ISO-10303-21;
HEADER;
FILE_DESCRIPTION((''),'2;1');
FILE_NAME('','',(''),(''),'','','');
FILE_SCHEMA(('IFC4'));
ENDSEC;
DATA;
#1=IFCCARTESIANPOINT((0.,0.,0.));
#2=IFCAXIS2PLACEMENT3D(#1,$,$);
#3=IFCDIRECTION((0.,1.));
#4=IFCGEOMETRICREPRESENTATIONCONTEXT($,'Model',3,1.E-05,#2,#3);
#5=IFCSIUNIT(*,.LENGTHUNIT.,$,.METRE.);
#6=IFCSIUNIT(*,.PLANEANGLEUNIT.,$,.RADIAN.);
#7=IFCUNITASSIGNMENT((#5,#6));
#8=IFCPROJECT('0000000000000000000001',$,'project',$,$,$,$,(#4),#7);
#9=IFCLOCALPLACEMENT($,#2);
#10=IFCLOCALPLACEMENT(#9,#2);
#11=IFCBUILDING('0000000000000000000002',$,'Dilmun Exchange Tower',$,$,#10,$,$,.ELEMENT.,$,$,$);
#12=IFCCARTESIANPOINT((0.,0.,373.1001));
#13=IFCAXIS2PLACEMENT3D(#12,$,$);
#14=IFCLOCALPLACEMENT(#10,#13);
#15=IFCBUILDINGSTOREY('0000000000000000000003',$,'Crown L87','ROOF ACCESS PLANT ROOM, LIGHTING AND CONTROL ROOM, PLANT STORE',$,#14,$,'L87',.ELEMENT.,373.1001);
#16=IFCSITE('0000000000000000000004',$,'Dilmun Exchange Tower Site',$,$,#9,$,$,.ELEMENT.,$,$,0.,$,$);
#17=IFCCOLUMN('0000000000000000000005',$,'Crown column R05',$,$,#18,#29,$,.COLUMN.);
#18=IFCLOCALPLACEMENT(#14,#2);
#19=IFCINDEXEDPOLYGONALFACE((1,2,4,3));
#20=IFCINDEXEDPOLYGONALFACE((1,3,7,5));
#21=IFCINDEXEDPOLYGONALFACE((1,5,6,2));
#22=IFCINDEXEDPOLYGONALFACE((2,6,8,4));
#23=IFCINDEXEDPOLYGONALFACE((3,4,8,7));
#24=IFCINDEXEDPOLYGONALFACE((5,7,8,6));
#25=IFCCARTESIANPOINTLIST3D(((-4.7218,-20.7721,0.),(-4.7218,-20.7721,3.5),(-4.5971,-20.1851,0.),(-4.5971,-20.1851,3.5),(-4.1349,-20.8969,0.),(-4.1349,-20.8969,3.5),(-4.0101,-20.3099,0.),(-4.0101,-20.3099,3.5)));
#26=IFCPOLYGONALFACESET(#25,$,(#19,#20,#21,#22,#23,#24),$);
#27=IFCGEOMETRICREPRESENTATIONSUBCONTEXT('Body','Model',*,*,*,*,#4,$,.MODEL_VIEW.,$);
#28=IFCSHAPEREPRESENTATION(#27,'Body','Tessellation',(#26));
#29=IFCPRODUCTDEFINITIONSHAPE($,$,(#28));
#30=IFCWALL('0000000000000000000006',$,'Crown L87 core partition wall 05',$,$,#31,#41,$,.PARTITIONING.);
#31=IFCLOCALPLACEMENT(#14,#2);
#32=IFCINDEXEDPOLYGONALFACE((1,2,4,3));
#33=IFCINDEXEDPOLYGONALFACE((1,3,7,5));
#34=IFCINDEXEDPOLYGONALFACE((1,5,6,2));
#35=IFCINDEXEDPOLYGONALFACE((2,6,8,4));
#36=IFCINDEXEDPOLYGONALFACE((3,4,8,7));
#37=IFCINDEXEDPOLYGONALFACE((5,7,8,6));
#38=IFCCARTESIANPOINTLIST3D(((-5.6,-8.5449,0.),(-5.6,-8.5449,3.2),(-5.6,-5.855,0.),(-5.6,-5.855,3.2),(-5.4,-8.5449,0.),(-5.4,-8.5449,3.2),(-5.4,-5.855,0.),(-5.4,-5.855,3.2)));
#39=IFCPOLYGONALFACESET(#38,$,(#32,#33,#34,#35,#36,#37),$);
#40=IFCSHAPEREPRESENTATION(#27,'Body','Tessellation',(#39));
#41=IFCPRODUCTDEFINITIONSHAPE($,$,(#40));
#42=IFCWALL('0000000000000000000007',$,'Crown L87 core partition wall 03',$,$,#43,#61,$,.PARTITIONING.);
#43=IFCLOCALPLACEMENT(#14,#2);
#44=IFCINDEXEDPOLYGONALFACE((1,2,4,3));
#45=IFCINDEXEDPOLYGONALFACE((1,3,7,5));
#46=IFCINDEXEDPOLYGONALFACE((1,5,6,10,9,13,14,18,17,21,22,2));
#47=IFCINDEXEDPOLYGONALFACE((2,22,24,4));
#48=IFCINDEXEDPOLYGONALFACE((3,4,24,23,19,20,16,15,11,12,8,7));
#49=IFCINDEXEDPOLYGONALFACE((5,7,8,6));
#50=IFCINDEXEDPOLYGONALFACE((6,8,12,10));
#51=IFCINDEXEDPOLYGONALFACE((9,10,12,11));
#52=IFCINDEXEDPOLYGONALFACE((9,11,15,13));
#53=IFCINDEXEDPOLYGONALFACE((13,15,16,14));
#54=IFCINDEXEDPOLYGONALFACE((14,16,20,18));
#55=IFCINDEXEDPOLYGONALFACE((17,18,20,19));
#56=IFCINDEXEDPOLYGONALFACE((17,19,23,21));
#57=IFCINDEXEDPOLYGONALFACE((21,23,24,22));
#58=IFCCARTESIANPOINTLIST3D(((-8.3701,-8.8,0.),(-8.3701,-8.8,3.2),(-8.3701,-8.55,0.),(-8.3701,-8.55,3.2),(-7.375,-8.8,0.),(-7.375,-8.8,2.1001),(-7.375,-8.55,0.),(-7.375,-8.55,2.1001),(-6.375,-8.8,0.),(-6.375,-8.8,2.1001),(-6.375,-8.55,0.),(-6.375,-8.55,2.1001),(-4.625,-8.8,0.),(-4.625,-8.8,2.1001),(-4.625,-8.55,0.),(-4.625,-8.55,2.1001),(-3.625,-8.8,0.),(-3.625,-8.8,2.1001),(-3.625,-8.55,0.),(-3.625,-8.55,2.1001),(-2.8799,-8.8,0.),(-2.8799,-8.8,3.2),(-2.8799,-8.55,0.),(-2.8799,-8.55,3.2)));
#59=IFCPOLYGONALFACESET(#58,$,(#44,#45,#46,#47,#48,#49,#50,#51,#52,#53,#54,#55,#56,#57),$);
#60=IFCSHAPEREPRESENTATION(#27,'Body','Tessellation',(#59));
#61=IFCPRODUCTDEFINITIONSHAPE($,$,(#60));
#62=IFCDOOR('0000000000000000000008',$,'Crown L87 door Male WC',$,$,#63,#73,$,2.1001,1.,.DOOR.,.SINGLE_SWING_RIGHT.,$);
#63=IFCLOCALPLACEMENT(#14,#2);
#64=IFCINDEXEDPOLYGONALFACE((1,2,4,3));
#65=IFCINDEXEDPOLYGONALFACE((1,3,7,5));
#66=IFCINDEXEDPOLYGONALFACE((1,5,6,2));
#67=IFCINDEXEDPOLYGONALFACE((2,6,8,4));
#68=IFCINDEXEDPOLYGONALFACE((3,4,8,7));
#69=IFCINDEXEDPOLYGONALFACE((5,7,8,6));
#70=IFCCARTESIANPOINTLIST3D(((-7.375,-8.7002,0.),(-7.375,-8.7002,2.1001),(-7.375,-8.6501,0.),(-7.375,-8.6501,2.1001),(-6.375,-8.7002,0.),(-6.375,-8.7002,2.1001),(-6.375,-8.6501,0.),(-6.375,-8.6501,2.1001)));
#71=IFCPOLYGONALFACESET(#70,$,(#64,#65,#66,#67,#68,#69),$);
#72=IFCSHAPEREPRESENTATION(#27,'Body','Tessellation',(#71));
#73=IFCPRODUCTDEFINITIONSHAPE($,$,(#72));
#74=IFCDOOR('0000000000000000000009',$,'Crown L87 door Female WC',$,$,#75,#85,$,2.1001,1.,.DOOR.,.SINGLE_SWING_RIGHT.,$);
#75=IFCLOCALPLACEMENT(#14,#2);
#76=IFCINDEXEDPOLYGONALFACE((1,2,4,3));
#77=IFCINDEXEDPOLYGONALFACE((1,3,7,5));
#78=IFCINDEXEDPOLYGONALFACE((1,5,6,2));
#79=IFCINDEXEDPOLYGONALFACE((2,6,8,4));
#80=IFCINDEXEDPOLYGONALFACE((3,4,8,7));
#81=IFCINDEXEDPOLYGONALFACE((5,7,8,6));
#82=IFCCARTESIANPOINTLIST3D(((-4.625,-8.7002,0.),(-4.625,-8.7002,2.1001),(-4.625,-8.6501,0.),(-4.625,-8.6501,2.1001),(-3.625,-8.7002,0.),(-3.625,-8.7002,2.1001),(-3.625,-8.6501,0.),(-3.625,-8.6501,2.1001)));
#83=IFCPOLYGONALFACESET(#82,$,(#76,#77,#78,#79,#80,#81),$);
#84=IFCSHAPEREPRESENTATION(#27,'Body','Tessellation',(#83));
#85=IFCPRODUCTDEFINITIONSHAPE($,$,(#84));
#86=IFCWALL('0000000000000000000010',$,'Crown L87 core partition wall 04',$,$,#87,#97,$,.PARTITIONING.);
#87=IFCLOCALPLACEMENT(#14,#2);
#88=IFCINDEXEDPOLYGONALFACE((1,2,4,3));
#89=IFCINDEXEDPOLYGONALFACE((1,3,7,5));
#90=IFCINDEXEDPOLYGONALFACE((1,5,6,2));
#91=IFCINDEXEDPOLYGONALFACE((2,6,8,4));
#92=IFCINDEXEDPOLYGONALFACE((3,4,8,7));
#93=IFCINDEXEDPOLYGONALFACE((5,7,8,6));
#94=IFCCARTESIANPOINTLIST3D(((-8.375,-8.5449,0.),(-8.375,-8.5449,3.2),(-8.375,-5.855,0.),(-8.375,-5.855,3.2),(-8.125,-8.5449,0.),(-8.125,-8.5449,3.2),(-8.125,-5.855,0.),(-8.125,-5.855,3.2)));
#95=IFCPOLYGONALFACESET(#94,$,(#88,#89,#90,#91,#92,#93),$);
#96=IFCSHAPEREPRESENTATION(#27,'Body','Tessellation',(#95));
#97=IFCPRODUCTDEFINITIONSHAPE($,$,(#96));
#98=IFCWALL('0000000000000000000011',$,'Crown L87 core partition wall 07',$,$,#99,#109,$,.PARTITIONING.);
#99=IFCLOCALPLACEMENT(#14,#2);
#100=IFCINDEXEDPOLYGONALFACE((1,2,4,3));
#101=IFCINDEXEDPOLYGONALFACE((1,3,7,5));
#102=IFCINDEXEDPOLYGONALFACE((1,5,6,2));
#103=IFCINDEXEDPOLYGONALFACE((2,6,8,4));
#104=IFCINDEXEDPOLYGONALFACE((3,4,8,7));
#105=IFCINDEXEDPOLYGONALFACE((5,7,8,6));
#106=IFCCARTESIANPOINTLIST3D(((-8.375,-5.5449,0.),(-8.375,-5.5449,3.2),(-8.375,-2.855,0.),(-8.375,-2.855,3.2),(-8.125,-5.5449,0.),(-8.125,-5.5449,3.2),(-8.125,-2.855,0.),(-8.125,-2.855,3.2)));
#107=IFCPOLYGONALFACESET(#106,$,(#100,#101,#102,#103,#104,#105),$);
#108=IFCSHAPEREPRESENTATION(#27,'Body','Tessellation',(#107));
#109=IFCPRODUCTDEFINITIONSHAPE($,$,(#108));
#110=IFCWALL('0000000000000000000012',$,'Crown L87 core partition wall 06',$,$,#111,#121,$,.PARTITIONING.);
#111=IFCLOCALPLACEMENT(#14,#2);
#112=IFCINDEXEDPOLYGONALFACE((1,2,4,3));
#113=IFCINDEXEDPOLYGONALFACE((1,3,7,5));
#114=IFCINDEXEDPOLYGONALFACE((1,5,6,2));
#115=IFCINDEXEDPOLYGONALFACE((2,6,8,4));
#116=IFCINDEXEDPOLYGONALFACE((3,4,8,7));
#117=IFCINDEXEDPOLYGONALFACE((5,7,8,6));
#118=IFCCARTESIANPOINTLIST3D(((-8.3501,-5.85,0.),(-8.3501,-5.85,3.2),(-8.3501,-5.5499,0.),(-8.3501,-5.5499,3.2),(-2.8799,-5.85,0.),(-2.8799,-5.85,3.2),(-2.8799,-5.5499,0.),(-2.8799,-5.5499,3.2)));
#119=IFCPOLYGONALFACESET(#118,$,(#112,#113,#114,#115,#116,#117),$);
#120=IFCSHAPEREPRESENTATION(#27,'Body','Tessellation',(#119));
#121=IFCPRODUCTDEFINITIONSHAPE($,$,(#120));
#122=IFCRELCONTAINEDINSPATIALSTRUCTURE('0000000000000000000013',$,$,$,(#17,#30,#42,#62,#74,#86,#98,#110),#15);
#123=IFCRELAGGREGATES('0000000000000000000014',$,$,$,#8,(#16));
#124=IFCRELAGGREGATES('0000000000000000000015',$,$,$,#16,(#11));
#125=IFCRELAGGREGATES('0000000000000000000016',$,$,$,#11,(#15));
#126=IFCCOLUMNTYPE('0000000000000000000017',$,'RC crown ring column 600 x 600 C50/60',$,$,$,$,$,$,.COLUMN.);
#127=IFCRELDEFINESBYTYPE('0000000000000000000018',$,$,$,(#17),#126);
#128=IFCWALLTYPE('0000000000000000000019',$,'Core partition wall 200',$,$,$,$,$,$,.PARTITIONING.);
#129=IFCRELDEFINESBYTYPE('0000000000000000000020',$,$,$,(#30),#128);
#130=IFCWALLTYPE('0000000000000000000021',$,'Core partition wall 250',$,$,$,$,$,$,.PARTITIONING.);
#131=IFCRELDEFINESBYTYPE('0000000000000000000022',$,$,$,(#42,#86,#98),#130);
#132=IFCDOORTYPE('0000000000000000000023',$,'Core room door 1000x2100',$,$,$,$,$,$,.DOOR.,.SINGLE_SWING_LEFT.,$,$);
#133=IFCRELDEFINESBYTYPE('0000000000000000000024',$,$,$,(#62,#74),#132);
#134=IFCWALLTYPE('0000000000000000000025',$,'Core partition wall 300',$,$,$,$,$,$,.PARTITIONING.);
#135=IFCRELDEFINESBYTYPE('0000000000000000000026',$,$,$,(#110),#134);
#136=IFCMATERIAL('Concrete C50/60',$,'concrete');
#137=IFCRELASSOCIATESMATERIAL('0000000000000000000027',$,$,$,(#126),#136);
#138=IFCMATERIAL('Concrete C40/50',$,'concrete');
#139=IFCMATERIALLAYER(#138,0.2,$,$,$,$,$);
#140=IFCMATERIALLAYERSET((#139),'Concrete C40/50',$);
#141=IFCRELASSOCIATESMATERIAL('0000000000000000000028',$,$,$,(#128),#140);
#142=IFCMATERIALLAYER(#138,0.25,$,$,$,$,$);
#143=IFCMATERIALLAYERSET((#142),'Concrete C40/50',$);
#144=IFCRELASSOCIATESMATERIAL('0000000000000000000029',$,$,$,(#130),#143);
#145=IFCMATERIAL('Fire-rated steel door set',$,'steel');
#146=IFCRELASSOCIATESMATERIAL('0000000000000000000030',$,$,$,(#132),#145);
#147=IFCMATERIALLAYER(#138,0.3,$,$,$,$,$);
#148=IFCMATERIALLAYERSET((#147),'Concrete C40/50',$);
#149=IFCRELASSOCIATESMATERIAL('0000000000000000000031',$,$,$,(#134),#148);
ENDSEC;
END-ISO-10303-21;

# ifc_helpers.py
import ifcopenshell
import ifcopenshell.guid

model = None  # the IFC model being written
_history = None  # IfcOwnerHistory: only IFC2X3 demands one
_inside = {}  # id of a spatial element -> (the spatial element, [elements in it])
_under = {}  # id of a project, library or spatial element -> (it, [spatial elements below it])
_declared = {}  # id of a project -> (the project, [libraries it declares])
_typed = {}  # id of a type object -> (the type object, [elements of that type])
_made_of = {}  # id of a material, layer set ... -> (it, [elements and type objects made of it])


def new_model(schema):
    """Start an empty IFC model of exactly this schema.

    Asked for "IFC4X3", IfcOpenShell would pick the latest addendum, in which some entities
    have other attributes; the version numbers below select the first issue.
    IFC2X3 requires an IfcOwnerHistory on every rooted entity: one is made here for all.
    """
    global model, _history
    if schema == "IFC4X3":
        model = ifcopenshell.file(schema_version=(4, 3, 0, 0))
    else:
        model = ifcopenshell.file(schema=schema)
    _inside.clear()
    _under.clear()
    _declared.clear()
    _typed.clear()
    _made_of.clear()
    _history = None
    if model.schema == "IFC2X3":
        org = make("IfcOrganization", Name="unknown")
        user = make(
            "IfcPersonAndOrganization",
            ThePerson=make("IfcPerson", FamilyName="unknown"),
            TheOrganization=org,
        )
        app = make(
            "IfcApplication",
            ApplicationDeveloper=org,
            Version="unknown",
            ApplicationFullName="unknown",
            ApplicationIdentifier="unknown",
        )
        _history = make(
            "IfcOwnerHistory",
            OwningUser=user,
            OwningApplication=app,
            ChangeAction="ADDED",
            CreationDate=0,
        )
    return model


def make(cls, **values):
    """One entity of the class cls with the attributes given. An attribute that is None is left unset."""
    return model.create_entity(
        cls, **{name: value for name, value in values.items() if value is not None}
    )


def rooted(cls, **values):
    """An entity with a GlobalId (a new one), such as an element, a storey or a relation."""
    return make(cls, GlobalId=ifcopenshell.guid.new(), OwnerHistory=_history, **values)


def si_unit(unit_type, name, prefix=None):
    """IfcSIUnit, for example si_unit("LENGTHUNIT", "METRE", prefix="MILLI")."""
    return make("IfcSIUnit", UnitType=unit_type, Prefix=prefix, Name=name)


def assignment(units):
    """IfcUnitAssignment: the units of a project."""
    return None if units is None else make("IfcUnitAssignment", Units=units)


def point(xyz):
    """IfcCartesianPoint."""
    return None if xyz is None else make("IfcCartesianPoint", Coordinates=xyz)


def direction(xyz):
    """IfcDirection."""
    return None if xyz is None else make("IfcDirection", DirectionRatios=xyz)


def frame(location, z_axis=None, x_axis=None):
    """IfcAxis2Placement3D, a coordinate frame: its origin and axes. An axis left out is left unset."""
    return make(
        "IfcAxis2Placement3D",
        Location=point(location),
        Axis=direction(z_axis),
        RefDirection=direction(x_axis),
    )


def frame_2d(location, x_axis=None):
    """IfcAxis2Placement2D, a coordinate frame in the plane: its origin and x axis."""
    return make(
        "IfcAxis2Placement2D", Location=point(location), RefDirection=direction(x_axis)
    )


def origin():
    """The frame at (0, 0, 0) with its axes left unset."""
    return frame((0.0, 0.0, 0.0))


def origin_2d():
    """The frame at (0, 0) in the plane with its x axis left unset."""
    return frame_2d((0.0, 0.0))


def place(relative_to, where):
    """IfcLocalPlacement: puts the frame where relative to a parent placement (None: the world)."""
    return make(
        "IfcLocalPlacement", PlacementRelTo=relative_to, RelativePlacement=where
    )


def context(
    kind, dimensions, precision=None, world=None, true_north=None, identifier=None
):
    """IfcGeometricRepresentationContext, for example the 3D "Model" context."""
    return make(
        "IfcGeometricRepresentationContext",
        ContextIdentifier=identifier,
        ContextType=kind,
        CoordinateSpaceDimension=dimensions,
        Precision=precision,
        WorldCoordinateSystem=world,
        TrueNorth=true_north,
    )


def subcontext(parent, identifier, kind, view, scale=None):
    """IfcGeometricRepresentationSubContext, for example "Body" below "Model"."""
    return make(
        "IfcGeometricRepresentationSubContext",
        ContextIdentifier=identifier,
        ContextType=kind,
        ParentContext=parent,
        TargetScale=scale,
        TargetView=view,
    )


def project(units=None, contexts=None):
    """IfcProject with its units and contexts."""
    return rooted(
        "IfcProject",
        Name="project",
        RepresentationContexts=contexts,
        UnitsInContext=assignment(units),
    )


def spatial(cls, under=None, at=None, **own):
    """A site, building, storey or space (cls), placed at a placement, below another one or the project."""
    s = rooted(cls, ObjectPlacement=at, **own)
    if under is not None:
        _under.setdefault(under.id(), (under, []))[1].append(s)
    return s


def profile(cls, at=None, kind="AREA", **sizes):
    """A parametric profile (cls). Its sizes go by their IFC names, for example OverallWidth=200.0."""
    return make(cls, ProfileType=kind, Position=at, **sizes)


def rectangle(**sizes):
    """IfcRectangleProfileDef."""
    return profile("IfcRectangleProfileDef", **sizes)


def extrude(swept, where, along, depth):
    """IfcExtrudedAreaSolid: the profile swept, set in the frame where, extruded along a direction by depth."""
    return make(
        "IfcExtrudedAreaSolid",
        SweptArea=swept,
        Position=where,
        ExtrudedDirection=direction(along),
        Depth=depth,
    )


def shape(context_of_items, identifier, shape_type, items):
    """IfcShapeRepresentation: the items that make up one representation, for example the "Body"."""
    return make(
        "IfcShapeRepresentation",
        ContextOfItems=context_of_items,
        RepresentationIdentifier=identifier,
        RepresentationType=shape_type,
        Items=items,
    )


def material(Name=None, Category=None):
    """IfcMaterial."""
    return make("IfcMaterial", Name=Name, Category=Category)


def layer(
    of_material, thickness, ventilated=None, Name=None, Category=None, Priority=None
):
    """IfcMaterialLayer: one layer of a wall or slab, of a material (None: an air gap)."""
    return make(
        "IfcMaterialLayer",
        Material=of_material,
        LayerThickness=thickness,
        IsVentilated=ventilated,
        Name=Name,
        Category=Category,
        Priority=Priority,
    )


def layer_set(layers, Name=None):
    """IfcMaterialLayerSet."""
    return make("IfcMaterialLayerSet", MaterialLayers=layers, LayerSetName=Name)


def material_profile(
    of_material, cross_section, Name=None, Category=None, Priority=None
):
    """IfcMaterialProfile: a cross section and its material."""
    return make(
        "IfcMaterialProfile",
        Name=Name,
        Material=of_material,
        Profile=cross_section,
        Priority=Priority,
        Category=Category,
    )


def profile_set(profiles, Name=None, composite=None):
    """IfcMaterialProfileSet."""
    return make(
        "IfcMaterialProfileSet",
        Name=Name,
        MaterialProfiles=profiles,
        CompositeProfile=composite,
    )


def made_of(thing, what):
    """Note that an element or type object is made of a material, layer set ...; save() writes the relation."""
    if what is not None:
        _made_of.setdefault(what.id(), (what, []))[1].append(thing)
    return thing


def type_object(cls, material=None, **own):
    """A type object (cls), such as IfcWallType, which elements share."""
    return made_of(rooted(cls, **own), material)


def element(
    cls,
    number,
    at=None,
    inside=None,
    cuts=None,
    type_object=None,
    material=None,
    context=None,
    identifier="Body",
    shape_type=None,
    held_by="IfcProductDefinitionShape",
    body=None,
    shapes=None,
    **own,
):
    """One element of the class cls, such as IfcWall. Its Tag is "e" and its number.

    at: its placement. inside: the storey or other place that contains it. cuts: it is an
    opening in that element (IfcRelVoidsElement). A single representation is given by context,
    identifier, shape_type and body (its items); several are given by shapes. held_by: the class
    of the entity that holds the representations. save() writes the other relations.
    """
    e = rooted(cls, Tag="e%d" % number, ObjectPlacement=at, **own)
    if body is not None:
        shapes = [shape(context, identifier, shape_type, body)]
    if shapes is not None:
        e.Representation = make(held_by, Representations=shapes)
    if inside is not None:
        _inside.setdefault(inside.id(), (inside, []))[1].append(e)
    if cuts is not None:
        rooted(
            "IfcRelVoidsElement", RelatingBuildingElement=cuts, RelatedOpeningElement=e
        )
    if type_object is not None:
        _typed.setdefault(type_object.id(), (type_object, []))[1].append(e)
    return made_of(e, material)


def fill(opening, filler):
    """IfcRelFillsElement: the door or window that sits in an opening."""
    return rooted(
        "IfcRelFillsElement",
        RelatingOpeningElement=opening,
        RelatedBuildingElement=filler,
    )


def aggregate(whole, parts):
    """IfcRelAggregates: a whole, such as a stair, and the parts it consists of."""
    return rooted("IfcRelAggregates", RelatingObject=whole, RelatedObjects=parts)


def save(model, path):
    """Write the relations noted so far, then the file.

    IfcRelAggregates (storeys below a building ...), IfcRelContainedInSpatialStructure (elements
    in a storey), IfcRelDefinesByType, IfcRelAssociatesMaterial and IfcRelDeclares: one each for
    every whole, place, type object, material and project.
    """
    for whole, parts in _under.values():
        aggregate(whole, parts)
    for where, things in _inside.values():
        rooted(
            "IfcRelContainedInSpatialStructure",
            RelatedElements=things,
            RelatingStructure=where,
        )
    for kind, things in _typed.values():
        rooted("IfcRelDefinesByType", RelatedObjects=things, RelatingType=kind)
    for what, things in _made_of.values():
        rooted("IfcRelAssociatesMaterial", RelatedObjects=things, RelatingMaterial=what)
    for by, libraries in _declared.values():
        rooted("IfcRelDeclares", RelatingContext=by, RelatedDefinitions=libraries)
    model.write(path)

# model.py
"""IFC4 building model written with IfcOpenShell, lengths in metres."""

from ifc_helpers import new_model, si_unit, direction, frame, frame_2d, origin, origin_2d, place, context, subcontext, project, spatial, rectangle, extrude, material, layer, layer_set, material_profile, profile_set, type_object, element, fill, save


model = new_model("IFC4")

# Units and contexts
model_context = context("Model", 3, precision=1e-05, world=origin(), true_north=direction((0.0, 1.0)))
body_context = subcontext(model_context, "Body", "Model", "MODEL_VIEW")
ifc_project = project(units=[si_unit("LENGTHUNIT", "METRE"), si_unit("PLANEANGLEUNIT", "RADIAN")], contexts=[model_context])

# Site, building, storey
site_placement = place(None, origin())
site = spatial("IfcSite", under=ifc_project, at=site_placement, Name="Dilmun Exchange Tower Site", CompositionType="ELEMENT", RefElevation=0.0)
building_placement = place(site_placement, origin())
building = spatial("IfcBuilding", under=site, at=building_placement, Name="Dilmun Exchange Tower", CompositionType="ELEMENT")
storey_placement = place(building_placement, frame((0.0, 0.0, 373.1001)))
storey = spatial("IfcBuildingStorey", under=building, at=storey_placement, Name="Crown L87", Description="ROOF ACCESS PLANT ROOM, LIGHTING AND CONTROL ROOM, PLANT STORE", LongName="L87", CompositionType="ELEMENT", Elevation=373.1001)

# Column
ifc_material_1 = material(Name="Concrete C50/60", Category="concrete")
ifc_material_profile = material_profile(ifc_material_1, rectangle(XDim=0.6001, YDim=0.6001, at=origin_2d()), Name="600 x 600")
ifc_profile_set = profile_set([ifc_material_profile], Name="Concrete C50/60")
column_type = type_object("IfcColumnType", Name="RC crown ring column 600 x 600 C50/60", PredefinedType="COLUMN", material=ifc_profile_set)
column_placement = place(storey_placement, frame((-4.366, -20.541, 0.0), z_axis=(0.0, 0.0, 1.0), x_axis=(0.207912, 0.978148, 0.0)))
element("IfcColumn", 1, at=column_placement, inside=storey, type_object=column_type, Name="Crown column R05", PredefinedType="COLUMN", context=body_context, shape_type="SweptSolid", body=[
    extrude(rectangle(XDim=0.6001, YDim=0.6001, at=origin_2d()), origin(), (0.0, 0.0, 1.0), 3.5),
])

# Wall
ifc_material_2 = material(Name="Concrete C40/50", Category="concrete")
ifc_layer_1 = layer(ifc_material_2, 0.2)
ifc_layer_set_1 = layer_set([ifc_layer_1], Name="Concrete C40/50")
wall_type_1 = type_object("IfcWallType", Name="Core partition wall 200", PredefinedType="PARTITIONING", material=ifc_layer_set_1)
wall_1_placement = place(storey_placement, frame((-5.5, -8.5449, 0.0), z_axis=(0.0, 0.0, 1.0), x_axis=(0.0, 1.0, 0.0)))
element("IfcWall", 2, at=wall_1_placement, inside=storey, type_object=wall_type_1, Name="Crown L87 core partition wall 05", PredefinedType="PARTITIONING", context=body_context, shape_type="SweptSolid", body=[
    extrude(rectangle(XDim=2.6899, YDim=0.2, at=frame_2d((1.345, 0.0))), origin(), (0.0, 0.0, 1.0), 3.2),
])

# Wall, openings, doors
ifc_layer_2 = layer(ifc_material_2, 0.25)
ifc_layer_set_2 = layer_set([ifc_layer_2], Name="Concrete C40/50")
wall_type_2 = type_object("IfcWallType", Name="Core partition wall 250", PredefinedType="PARTITIONING", material=ifc_layer_set_2)
wall_2_placement = place(storey_placement, frame((-8.3701, -8.675, 0.0), z_axis=(0.0, 0.0, 1.0), x_axis=(1.0, 0.0, 0.0)))
wall_2 = element("IfcWall", 3, at=wall_2_placement, inside=storey, type_object=wall_type_2, Name="Crown L87 core partition wall 03", PredefinedType="PARTITIONING", context=body_context, shape_type="SweptSolid", body=[
    extrude(rectangle(XDim=5.4902, YDim=0.25, at=frame_2d((2.7451, 0.0))), origin(), (0.0, 0.0, 1.0), 3.2),
])
opening_1_placement = place(wall_2_placement, frame((0.9951, 0.0, 0.0)))
opening_1 = element("IfcOpeningElement", 4, at=opening_1_placement, cuts=wall_2, PredefinedType="OPENING", context=body_context, shape_type="SweptSolid", body=[
    extrude(rectangle(XDim=1.0, YDim=2.1001, at=frame_2d((0.5, 1.05))), frame((0.0, 0.135, 0.0), z_axis=(0.0, -1.0, 0.0), x_axis=(1.0, 0.0, 0.0)), (0.0, 0.0, 1.0), 0.27),
])
opening_2_placement = place(wall_2_placement, frame((3.7451, 0.0, 0.0)))
opening_2 = element("IfcOpeningElement", 5, at=opening_2_placement, cuts=wall_2, PredefinedType="OPENING", context=body_context, shape_type="SweptSolid", body=[
    extrude(rectangle(XDim=1.0, YDim=2.1001, at=frame_2d((0.5, 1.05))), frame((0.0, 0.135, 0.0), z_axis=(0.0, -1.0, 0.0), x_axis=(1.0, 0.0, 0.0)), (0.0, 0.0, 1.0), 0.27),
])
ifc_material_3 = material(Name="Fire-rated steel door set", Category="steel")
door_type_1 = type_object("IfcDoorType", Name="Core room door 1000x2100", OperationType="SINGLE_SWING_LEFT", PredefinedType="DOOR", material=ifc_material_3)
door_1_placement = place(opening_1_placement, origin())
door_1 = element("IfcDoor", 6, at=door_1_placement, inside=storey, type_object=door_type_1, Name="Crown L87 door Male WC", OperationType="SINGLE_SWING_RIGHT", OverallHeight=2.1001, OverallWidth=1.0, PredefinedType="DOOR", context=body_context, shape_type="SweptSolid", body=[
    extrude(rectangle(XDim=1.0, YDim=2.1001, at=frame_2d((0.5, 1.05))), frame((0.0, 0.0249, 0.0), z_axis=(0.0, -1.0, 0.0), x_axis=(1.0, 0.0, 0.0)), (0.0, 0.0, 1.0), 0.05),
])
fill(opening_1, door_1)
door_2_placement = place(opening_2_placement, origin())
door_2 = element("IfcDoor", 7, at=door_2_placement, inside=storey, type_object=door_type_1, Name="Crown L87 door Female WC", OperationType="SINGLE_SWING_RIGHT", OverallHeight=2.1001, OverallWidth=1.0, PredefinedType="DOOR", context=body_context, shape_type="SweptSolid", body=[
    extrude(rectangle(XDim=1.0, YDim=2.1001, at=frame_2d((0.5, 1.05))), frame((0.0, 0.0249, 0.0), z_axis=(0.0, -1.0, 0.0), x_axis=(1.0, 0.0, 0.0)), (0.0, 0.0, 1.0), 0.05),
])
fill(opening_2, door_2)

# Walls
for number, where, z_axis, x_axis, name in (
    (8, (-8.25, -8.5449, 0.0), (0.0, 0.0, 1.0), (0.0, 1.0, 0.0), "Crown L87 core partition wall 04"),
    (9, (-8.25, -5.5449, 0.0), (0.0, 0.0, 1.0), (0.0, 1.0, 0.0), "Crown L87 core partition wall 07"),
):
    element("IfcWall", number, at=place(storey_placement, frame(where, z_axis=z_axis, x_axis=x_axis)), inside=storey, type_object=wall_type_2, Name=name, PredefinedType="PARTITIONING", context=body_context, shape_type="SweptSolid", body=[
        extrude(rectangle(XDim=2.6899, YDim=0.25, at=frame_2d((1.345, 0.0))), origin(), (0.0, 0.0, 1.0), 3.2),
    ])
ifc_layer_3 = layer(ifc_material_2, 0.3)
ifc_layer_set_3 = layer_set([ifc_layer_3], Name="Concrete C40/50")
wall_type_3 = type_object("IfcWallType", Name="Core partition wall 300", PredefinedType="PARTITIONING", material=ifc_layer_set_3)
wall_3_placement = place(storey_placement, frame((-8.3501, -5.7, 0.0), z_axis=(0.0, 0.0, 1.0), x_axis=(1.0, 0.0, 0.0)))
element("IfcWall", 10, at=wall_3_placement, inside=storey, type_object=wall_type_3, Name="Crown L87 core partition wall 06", PredefinedType="PARTITIONING", context=body_context, shape_type="SweptSolid", body=[
    extrude(rectangle(XDim=5.4702, YDim=0.3, at=frame_2d((2.7351, 0.0))), origin(), (0.0, 0.0, 1.0), 3.2),
])

save(model, "model.ifc")
